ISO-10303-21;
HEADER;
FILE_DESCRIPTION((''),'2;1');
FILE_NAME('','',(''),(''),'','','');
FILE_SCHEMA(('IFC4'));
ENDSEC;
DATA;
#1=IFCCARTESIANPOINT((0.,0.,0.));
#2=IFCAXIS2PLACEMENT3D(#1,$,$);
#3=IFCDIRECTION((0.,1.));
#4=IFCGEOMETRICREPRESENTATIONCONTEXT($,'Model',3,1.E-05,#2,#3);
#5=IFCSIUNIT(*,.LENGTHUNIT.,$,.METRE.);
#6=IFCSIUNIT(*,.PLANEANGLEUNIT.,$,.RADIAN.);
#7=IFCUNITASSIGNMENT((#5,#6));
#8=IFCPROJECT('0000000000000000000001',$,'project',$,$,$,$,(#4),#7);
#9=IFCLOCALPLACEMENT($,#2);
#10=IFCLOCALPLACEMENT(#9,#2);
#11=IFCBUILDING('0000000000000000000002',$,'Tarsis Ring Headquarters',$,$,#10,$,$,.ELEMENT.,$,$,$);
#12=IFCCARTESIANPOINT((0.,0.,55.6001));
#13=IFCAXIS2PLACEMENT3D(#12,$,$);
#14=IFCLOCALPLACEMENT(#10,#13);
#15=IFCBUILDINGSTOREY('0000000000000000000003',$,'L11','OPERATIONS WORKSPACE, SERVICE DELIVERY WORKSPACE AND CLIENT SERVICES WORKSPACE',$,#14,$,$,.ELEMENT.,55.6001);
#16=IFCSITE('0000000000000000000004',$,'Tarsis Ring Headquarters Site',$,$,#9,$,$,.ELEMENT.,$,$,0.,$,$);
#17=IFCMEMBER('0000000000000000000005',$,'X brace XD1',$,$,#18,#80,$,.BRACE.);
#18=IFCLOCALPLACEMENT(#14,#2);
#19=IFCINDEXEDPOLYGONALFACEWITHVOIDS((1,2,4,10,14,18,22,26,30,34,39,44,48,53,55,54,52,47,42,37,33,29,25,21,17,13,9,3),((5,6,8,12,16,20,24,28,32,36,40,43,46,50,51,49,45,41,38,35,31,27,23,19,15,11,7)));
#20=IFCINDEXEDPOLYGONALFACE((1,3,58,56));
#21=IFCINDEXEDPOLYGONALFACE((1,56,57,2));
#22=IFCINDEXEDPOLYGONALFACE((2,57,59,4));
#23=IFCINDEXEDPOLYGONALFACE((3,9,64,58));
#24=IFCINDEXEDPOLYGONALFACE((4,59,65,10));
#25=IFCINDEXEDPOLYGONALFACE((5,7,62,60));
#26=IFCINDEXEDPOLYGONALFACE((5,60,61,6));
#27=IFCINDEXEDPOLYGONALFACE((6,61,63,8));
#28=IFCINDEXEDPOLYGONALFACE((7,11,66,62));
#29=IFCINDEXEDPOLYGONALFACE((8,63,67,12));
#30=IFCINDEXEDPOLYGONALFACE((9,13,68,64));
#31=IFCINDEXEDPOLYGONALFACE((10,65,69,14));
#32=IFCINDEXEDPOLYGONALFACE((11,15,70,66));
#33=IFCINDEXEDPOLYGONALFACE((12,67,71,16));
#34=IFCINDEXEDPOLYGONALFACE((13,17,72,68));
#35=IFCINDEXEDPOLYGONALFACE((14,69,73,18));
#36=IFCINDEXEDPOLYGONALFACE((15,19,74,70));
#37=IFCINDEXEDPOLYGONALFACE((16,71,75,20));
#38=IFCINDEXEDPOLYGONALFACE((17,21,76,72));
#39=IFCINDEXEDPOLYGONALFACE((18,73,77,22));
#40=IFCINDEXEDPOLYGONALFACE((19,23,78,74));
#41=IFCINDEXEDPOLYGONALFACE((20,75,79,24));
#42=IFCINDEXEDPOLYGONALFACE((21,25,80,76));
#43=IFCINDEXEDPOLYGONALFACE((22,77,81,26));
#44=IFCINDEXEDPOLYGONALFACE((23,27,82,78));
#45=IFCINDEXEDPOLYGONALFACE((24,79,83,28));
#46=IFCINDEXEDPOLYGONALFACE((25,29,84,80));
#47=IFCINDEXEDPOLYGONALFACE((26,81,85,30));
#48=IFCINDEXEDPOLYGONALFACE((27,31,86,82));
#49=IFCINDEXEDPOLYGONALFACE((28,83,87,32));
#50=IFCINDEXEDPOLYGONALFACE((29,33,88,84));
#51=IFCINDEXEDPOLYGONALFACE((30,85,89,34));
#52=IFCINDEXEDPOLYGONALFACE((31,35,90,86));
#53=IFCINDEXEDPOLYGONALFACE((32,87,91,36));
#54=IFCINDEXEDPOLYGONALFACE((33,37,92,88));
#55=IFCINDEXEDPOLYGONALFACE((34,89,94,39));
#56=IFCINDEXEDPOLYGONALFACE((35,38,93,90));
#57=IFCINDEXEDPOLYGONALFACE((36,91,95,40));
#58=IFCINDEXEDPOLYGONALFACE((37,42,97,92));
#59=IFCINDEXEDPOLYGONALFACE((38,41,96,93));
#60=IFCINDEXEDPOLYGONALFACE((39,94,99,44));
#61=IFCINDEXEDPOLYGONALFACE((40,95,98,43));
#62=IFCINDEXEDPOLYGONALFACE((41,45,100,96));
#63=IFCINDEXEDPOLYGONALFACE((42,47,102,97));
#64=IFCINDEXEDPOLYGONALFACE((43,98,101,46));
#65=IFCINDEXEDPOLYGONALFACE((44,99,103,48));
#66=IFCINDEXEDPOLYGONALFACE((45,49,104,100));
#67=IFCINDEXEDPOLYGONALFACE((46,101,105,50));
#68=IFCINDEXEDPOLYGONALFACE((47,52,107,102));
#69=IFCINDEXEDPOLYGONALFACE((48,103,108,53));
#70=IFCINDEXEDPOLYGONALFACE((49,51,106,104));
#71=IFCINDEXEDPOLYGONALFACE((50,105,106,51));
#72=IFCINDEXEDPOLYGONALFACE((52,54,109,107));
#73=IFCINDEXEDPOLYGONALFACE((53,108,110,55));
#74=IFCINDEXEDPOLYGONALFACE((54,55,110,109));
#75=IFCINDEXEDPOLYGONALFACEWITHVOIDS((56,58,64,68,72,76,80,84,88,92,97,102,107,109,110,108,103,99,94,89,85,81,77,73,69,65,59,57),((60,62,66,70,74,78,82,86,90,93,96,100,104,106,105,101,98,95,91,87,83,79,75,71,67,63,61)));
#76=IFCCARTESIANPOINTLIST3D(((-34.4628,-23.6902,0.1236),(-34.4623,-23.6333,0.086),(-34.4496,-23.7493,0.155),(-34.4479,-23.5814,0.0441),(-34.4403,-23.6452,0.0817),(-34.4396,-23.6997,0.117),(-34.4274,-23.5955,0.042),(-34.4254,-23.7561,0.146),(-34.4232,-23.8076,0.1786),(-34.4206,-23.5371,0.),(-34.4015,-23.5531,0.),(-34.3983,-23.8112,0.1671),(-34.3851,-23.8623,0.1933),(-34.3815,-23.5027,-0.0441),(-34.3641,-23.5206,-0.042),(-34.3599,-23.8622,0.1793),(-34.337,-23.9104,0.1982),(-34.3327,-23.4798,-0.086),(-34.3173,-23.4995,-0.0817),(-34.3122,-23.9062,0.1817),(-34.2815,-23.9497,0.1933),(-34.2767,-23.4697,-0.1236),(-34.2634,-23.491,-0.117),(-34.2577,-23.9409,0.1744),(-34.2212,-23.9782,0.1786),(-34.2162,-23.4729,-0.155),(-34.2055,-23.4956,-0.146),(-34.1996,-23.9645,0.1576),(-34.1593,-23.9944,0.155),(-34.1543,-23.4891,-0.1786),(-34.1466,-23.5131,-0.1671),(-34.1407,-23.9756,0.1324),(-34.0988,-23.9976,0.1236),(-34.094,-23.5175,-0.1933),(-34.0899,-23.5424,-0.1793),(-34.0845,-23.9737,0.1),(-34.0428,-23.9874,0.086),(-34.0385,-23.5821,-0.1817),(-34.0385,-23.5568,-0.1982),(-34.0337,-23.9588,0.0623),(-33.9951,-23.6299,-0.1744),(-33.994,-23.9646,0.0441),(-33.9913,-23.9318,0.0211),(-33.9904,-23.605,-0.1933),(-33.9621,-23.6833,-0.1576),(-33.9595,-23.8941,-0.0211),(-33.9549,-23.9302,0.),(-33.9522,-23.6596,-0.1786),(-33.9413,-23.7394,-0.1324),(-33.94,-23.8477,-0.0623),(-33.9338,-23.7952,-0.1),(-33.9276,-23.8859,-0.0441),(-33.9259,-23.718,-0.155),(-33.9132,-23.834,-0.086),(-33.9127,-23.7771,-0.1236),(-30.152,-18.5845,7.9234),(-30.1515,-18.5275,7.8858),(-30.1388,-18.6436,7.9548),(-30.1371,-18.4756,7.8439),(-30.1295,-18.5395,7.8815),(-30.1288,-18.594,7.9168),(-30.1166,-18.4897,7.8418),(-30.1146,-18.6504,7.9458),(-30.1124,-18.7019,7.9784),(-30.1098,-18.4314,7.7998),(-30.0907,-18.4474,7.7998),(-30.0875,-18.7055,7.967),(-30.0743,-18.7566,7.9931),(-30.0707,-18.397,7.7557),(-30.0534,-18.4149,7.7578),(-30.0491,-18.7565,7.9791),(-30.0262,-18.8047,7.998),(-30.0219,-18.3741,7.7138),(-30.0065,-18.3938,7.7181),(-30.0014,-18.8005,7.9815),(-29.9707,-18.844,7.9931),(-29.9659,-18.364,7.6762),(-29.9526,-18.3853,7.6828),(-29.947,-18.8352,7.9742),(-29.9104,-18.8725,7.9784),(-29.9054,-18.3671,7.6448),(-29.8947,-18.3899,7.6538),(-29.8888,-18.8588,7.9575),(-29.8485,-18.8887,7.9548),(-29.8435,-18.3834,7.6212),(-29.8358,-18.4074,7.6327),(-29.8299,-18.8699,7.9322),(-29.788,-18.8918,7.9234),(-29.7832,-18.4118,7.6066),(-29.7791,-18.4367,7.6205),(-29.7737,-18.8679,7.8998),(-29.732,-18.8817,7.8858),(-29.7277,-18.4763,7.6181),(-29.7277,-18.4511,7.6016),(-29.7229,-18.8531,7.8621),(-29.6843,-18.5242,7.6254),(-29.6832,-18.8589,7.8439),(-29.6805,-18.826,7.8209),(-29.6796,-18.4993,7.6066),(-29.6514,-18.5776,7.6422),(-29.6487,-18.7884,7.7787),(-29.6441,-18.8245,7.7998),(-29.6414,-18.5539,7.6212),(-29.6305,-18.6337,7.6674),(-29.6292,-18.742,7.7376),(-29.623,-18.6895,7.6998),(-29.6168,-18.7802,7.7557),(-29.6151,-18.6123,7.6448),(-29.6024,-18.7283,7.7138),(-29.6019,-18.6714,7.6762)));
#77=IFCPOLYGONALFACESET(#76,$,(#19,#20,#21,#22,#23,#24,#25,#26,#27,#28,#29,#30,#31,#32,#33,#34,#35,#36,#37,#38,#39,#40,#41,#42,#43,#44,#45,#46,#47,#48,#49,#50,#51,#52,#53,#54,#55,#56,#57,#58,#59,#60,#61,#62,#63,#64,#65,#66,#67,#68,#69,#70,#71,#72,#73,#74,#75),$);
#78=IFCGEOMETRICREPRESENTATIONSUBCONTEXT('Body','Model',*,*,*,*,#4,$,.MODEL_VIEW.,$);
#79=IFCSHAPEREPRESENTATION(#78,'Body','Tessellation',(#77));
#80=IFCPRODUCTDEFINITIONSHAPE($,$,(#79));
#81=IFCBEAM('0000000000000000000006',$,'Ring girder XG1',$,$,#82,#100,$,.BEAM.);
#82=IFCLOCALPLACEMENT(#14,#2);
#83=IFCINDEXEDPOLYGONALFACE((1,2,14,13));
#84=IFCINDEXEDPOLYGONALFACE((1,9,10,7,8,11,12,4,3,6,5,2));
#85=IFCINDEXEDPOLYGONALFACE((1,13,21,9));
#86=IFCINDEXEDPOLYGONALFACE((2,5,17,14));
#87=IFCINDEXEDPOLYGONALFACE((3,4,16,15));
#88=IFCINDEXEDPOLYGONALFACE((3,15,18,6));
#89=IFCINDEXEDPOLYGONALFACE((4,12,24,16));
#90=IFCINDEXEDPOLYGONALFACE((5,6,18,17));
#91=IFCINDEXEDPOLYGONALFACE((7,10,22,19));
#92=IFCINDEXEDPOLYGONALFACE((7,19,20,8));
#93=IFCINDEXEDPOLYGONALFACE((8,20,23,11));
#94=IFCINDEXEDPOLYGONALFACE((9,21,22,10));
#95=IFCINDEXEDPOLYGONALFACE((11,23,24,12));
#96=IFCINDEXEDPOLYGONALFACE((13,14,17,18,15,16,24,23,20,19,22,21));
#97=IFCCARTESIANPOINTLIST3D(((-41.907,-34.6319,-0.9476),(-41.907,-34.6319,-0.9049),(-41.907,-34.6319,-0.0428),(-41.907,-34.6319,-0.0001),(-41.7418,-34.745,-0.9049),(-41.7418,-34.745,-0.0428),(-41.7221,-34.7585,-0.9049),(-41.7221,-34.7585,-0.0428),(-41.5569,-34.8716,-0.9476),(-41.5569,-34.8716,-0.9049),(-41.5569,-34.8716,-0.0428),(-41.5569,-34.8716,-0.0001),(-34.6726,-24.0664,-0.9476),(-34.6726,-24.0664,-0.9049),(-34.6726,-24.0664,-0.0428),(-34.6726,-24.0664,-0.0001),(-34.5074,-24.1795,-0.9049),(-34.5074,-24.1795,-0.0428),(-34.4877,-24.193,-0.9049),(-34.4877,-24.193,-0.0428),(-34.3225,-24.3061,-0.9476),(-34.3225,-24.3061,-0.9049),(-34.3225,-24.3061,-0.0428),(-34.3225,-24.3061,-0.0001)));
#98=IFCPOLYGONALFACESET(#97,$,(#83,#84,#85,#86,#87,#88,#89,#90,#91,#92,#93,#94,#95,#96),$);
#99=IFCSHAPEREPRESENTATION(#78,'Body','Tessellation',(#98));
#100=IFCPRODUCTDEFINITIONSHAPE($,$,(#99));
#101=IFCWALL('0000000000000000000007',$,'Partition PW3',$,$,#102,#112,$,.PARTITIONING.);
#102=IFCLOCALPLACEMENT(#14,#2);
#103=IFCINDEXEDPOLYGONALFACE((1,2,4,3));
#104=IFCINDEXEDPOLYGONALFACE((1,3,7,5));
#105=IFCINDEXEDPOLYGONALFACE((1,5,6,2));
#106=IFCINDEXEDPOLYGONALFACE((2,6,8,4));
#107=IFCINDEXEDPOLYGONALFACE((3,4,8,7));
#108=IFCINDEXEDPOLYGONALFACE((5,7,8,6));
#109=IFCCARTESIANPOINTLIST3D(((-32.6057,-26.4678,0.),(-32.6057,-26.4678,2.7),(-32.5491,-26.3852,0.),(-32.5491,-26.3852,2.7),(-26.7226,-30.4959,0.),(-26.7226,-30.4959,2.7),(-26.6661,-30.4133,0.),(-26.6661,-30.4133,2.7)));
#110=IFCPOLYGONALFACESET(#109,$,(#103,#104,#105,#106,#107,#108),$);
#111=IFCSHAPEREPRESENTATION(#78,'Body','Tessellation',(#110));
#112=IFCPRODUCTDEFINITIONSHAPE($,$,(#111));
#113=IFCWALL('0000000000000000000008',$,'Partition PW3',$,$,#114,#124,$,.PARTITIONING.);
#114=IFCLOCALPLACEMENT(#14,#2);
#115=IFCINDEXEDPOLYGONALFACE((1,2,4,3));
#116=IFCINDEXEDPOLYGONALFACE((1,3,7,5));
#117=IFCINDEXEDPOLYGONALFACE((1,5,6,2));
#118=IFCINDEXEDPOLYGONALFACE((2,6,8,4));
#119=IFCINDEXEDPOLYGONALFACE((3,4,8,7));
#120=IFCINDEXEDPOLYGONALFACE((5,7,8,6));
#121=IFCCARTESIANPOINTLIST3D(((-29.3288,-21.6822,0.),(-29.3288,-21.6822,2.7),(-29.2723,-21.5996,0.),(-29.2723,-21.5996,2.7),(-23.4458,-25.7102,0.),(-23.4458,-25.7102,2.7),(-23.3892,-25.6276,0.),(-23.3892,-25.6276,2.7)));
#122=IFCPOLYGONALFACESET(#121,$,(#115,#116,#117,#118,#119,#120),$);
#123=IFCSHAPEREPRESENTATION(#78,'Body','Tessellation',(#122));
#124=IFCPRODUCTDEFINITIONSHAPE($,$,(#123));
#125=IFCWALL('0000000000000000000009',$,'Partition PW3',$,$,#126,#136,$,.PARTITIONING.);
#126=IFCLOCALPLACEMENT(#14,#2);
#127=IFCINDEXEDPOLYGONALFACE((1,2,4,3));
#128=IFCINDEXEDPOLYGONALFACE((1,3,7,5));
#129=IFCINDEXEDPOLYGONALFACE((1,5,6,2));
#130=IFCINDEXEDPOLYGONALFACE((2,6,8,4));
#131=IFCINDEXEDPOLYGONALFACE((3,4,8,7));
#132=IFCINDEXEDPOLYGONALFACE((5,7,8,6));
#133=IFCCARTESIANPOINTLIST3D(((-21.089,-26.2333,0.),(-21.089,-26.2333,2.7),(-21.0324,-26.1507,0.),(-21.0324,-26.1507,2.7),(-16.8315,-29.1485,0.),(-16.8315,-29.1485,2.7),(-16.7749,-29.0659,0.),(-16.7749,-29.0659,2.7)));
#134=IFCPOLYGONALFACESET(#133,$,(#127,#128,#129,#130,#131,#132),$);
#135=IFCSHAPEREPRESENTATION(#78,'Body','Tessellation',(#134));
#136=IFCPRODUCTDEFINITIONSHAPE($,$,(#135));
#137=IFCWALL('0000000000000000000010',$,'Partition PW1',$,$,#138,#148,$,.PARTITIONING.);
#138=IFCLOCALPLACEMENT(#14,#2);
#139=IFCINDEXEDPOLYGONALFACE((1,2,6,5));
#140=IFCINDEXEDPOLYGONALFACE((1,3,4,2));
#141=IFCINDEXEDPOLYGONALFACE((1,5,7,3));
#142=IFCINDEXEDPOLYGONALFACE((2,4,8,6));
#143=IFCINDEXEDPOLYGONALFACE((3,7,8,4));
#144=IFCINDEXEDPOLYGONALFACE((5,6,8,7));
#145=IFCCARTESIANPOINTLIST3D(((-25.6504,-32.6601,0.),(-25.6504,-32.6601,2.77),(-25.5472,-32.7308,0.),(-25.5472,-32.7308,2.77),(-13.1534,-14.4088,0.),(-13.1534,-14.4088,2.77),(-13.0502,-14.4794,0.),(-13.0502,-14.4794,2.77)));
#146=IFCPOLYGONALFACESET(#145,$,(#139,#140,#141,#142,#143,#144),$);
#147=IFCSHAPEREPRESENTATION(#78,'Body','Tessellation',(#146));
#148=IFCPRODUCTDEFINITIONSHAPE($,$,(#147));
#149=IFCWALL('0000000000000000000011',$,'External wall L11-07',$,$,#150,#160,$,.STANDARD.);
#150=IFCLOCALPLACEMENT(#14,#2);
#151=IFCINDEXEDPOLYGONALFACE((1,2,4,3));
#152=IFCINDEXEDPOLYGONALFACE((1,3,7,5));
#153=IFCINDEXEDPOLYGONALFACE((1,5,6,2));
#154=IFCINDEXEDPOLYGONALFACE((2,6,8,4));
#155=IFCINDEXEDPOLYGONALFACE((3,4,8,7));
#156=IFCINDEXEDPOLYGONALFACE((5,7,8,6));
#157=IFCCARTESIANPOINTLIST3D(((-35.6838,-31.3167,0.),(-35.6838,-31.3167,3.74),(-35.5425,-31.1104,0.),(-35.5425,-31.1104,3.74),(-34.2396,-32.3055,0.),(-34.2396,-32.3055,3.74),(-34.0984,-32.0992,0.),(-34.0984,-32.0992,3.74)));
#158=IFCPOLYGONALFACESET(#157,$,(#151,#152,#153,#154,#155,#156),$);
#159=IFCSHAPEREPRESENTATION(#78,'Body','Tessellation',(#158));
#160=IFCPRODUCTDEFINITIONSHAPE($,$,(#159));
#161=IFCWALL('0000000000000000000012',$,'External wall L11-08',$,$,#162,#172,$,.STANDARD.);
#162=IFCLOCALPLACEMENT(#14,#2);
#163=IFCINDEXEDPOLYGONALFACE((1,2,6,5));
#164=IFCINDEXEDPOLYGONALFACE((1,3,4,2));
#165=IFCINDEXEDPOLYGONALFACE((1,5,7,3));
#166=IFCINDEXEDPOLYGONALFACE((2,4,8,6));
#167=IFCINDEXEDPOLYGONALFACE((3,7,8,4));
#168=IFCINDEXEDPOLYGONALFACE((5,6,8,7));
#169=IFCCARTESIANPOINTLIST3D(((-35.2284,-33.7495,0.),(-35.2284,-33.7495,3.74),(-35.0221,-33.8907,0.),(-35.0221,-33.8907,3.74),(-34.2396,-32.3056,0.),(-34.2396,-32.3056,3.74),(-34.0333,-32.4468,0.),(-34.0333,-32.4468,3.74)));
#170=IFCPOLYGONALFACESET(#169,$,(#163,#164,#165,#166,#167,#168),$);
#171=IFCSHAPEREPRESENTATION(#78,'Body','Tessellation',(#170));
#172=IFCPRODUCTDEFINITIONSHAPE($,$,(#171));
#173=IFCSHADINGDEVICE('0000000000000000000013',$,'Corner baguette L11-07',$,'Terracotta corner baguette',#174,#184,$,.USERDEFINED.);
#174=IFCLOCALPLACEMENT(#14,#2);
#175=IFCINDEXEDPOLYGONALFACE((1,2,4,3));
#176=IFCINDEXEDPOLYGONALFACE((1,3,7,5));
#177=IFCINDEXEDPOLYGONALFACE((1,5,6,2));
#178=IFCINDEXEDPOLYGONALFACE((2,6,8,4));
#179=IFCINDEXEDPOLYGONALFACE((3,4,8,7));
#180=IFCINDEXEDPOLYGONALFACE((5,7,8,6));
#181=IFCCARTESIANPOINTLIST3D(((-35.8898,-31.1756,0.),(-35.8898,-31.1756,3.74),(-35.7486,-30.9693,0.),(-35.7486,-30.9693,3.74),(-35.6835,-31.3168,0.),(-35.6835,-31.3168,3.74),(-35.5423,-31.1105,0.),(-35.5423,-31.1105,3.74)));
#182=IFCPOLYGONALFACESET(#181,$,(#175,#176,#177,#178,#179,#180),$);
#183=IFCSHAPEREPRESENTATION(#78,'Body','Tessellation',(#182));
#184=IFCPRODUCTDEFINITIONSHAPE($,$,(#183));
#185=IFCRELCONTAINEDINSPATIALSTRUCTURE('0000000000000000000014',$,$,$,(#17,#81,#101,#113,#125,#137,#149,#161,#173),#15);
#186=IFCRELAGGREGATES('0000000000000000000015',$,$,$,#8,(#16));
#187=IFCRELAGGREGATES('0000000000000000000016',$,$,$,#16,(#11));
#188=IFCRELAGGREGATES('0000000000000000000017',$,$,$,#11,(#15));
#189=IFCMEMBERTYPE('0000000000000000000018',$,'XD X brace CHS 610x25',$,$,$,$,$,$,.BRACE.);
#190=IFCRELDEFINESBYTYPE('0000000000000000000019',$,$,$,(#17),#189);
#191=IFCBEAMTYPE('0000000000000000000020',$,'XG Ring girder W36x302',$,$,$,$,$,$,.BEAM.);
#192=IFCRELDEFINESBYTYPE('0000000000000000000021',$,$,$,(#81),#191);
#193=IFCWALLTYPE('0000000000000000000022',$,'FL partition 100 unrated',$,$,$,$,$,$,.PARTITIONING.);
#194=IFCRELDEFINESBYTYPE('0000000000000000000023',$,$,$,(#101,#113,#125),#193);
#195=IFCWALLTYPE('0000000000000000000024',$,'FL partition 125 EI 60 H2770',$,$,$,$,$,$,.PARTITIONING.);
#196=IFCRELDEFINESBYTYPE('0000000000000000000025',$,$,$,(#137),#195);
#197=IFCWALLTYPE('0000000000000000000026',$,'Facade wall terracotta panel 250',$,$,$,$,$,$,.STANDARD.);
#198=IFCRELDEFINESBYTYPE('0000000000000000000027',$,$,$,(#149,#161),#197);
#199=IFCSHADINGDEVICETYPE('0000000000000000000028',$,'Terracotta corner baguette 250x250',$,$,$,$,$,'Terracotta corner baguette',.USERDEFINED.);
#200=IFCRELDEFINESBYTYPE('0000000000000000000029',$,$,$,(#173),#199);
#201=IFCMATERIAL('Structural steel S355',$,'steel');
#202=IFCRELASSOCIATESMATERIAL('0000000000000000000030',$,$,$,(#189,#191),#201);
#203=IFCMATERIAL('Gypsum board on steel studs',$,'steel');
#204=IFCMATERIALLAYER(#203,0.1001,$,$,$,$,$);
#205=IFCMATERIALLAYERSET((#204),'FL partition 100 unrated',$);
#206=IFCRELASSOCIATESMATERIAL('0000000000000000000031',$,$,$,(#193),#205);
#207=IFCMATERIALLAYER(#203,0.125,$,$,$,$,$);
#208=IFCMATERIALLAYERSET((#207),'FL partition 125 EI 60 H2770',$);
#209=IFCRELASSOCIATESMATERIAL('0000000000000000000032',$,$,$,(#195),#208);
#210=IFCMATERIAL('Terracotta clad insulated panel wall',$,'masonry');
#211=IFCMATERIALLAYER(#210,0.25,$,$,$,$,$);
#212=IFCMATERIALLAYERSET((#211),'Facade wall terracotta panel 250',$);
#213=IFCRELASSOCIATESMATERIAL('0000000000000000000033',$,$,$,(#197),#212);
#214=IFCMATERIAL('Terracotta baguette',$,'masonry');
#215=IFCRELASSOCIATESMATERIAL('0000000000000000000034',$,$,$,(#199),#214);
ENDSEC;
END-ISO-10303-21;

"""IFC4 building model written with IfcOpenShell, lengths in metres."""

from ifc_helpers import new_model, si_unit, direction, frame, frame_2d, origin, origin_2d, place, context, subcontext, project, spatial, rectangle, hollow_circle, i_section, extrude, material, layer, layer_set, material_profile, profile_set, type_object, element, save


model = new_model("IFC4")

# Units and contexts
model_context = context("Model", 3, precision=1e-05, world=origin(), true_north=direction((0.0, 1.0)))
body_context = subcontext(model_context, "Body", "Model", "MODEL_VIEW")
ifc_project = project(units=[si_unit("LENGTHUNIT", "METRE"), si_unit("PLANEANGLEUNIT", "RADIAN")], contexts=[model_context])

# Site, building, storey
site_placement = place(None, origin())
site = spatial("IfcSite", under=ifc_project, at=site_placement, Name="Tarsis Ring Headquarters Site", CompositionType="ELEMENT", RefElevation=0.0)
building_placement = place(site_placement, origin())
building = spatial("IfcBuilding", under=site, at=building_placement, Name="Tarsis Ring Headquarters", CompositionType="ELEMENT")
storey_placement = place(building_placement, frame((0.0, 0.0, 55.6001)))
storey = spatial("IfcBuildingStorey", under=building, at=storey_placement, Name="L11", Description="OPERATIONS WORKSPACE, SERVICE DELIVERY WORKSPACE AND CLIENT SERVICES WORKSPACE", CompositionType="ELEMENT", Elevation=55.6001)

# Shared definitions
ifc_material_1 = material(Name="Structural steel S355", Category="steel")

# Member
ifc_material_profile_1 = material_profile(ifc_material_1, hollow_circle(Radius=0.3047, WallThickness=0.0249, at=origin_2d()), Name="CHS 610x25")
ifc_profile_set_1 = profile_set([ifc_material_profile_1], Name="Structural steel S355")
member_type = type_object("IfcMemberType", Name="XD X brace CHS 610x25", PredefinedType="BRACE", material=ifc_profile_set_1)
member_placement = place(storey_placement, frame((-34.1877, -23.7336, 0.0), z_axis=(0.419716, 0.497112, 0.75942), x_axis=(-0.764082, 0.64512, 0.0)))
element("IfcMember", 1, at=member_placement, inside=storey, type_object=member_type, Name="X brace XD1", PredefinedType="BRACE", context=body_context, shape_type="SweptSolid", body=[
    extrude(hollow_circle(Radius=0.3047, WallThickness=0.0249, at=origin_2d()), origin(), (0.0, 0.0, 1.0), 10.2708),
])

# Beam
ifc_material_profile_2 = material_profile(ifc_material_1, i_section(OverallWidth=0.4243, OverallDepth=0.9475, WebThickness=0.0239, FlangeThickness=0.0427, at=origin_2d()), Name="W36x302")
ifc_profile_set_2 = profile_set([ifc_material_profile_2], Name="Structural steel S355")
beam_type_1 = type_object("IfcBeamType", Name="XG Ring girder W36x302", PredefinedType="BEAM", material=ifc_profile_set_2)
beam_placement = place(storey_placement, frame((-34.4976, -24.1863, -0.4739), z_axis=(-0.564971, -0.825111, 0.0), x_axis=(0.825111, -0.564971, 0.0)))
element("IfcBeam", 2, at=beam_placement, inside=storey, type_object=beam_type_1, Name="Ring girder XG1", PredefinedType="BEAM", context=body_context, shape_type="SweptSolid", body=[
    extrude(i_section(OverallWidth=0.4243, OverallDepth=0.9475, WebThickness=0.0239, FlangeThickness=0.0427, at=origin_2d()), origin(), (0.0, 0.0, 1.0), 12.8049),
])

# Walls
ifc_material_2 = material(Name="Gypsum board on steel studs", Category="steel")
ifc_layer_1 = layer(ifc_material_2, 0.1001)
ifc_layer_set_1 = layer_set([ifc_layer_1], Name="FL partition 100 unrated")
wall_type_1 = type_object("IfcWallType", Name="FL partition 100 unrated", PredefinedType="PARTITIONING", material=ifc_layer_set_1)
for number, where, z_axis, x_axis, name in (
    (3, (-32.5774, -26.4265, 0.0), (0.0, 0.0, 1.0), (0.825122, -0.564954, 0.0), "Partition PW3"),
    (4, (-29.3005, -21.6409, 0.0), (0.0, 0.0, 1.0), (0.825122, -0.564954, 0.0), "Partition PW3"),
):
    element("IfcWall", number, at=place(storey_placement, frame(where, z_axis=z_axis, x_axis=x_axis)), inside=storey, type_object=wall_type_1, Name=name, PredefinedType="PARTITIONING", context=body_context, shape_type="SweptSolid", body=[
        extrude(rectangle(XDim=7.1299, YDim=0.1001, at=frame_2d((3.5649, 0.0))), origin(), (0.0, 0.0, 1.0), 2.7),
    ])
wall_1_placement = place(storey_placement, frame((-21.0608, -26.1919, 0.0), z_axis=(0.0, 0.0, 1.0), x_axis=(0.825108, -0.564976, 0.0)))
element("IfcWall", 5, at=wall_1_placement, inside=storey, type_object=wall_type_1, Name="Partition PW3", PredefinedType="PARTITIONING", context=body_context, shape_type="SweptSolid", body=[
    extrude(rectangle(XDim=5.1599, YDim=0.1001, at=frame_2d((2.5801, 0.0))), origin(), (0.0, 0.0, 1.0), 2.7),
])
ifc_layer_2 = layer(ifc_material_2, 0.125)
ifc_layer_set_2 = layer_set([ifc_layer_2], Name="FL partition 125 EI 60 H2770")
wall_type_2 = type_object("IfcWallType", Name="FL partition 125 EI 60 H2770", PredefinedType="PARTITIONING", material=ifc_layer_set_2)
wall_2_placement = place(storey_placement, frame((-25.5989, -32.6956, 0.0), z_axis=(0.0, 0.0, 1.0), x_axis=(0.564968, 0.825113, 0.0)))
element("IfcWall", 6, at=wall_2_placement, inside=storey, type_object=wall_type_2, Name="Partition PW1", PredefinedType="PARTITIONING", context=body_context, shape_type="SweptSolid", body=[
    extrude(rectangle(XDim=22.1199, YDim=0.125, at=frame_2d((11.0601, 0.0))), origin(), (0.0, 0.0, 1.0), 2.77),
])
ifc_material_3 = material(Name="Terracotta clad insulated panel wall", Category="masonry")
ifc_layer_3 = layer(ifc_material_3, 0.25)
ifc_layer_set_3 = layer_set([ifc_layer_3], Name="Facade wall terracotta panel 250")
wall_type_3 = type_object("IfcWallType", Name="Facade wall terracotta panel 250", PredefinedType="STANDARD", material=ifc_layer_set_3)
wall_3_placement = place(storey_placement, frame((-35.613, -31.2136, 0.0), z_axis=(0.0, 0.0, 1.0), x_axis=(0.825119, -0.564959, 0.0)))
element("IfcWall", 7, at=wall_3_placement, inside=storey, type_object=wall_type_3, Name="External wall L11-07", PredefinedType="STANDARD", context=body_context, shape_type="SweptSolid", body=[
    extrude(rectangle(XDim=1.7502, YDim=0.25, at=frame_2d((0.875, 0.0))), origin(), (0.0, 0.0, 1.0), 3.74),
])
wall_4_placement = place(storey_placement, frame((-34.1365, -32.3762, 0.0), z_axis=(0.0, 0.0, 1.0), x_axis=(-0.565024, -0.825074, 0.0)))
element("IfcWall", 8, at=wall_4_placement, inside=storey, type_object=wall_type_3, Name="External wall L11-08", PredefinedType="STANDARD", context=body_context, shape_type="SweptSolid", body=[
    extrude(rectangle(XDim=1.75, YDim=0.25, at=frame_2d((0.875, 0.0))), origin(), (0.0, 0.0, 1.0), 3.74),
])

# Shading device
ifc_material_4 = material(Name="Terracotta baguette", Category="masonry")
shading_device_type_1 = type_object("IfcShadingDeviceType", Name="Terracotta corner baguette 250x250", ElementType="Terracotta corner baguette", PredefinedType="USERDEFINED", material=ifc_material_4)
for number, where, z_axis, x_axis, name in (
    (9, (-35.7161, -31.1431, 0.0), (0.0, 0.0, 1.0), (-0.564967, -0.825114, 0.0), "Corner baguette L11-07"),
):
    element("IfcShadingDevice", number, at=place(storey_placement, frame(where, z_axis=z_axis, x_axis=x_axis)), inside=storey, type_object=shading_device_type_1, Name=name, ObjectType="Terracotta corner baguette", PredefinedType="USERDEFINED", context=body_context, shape_type="SweptSolid", body=[
        extrude(rectangle(XDim=0.25, YDim=0.25, at=origin_2d()), origin(), (0.0, 0.0, 1.0), 3.74),
    ])

save(model, "model.ifc")
